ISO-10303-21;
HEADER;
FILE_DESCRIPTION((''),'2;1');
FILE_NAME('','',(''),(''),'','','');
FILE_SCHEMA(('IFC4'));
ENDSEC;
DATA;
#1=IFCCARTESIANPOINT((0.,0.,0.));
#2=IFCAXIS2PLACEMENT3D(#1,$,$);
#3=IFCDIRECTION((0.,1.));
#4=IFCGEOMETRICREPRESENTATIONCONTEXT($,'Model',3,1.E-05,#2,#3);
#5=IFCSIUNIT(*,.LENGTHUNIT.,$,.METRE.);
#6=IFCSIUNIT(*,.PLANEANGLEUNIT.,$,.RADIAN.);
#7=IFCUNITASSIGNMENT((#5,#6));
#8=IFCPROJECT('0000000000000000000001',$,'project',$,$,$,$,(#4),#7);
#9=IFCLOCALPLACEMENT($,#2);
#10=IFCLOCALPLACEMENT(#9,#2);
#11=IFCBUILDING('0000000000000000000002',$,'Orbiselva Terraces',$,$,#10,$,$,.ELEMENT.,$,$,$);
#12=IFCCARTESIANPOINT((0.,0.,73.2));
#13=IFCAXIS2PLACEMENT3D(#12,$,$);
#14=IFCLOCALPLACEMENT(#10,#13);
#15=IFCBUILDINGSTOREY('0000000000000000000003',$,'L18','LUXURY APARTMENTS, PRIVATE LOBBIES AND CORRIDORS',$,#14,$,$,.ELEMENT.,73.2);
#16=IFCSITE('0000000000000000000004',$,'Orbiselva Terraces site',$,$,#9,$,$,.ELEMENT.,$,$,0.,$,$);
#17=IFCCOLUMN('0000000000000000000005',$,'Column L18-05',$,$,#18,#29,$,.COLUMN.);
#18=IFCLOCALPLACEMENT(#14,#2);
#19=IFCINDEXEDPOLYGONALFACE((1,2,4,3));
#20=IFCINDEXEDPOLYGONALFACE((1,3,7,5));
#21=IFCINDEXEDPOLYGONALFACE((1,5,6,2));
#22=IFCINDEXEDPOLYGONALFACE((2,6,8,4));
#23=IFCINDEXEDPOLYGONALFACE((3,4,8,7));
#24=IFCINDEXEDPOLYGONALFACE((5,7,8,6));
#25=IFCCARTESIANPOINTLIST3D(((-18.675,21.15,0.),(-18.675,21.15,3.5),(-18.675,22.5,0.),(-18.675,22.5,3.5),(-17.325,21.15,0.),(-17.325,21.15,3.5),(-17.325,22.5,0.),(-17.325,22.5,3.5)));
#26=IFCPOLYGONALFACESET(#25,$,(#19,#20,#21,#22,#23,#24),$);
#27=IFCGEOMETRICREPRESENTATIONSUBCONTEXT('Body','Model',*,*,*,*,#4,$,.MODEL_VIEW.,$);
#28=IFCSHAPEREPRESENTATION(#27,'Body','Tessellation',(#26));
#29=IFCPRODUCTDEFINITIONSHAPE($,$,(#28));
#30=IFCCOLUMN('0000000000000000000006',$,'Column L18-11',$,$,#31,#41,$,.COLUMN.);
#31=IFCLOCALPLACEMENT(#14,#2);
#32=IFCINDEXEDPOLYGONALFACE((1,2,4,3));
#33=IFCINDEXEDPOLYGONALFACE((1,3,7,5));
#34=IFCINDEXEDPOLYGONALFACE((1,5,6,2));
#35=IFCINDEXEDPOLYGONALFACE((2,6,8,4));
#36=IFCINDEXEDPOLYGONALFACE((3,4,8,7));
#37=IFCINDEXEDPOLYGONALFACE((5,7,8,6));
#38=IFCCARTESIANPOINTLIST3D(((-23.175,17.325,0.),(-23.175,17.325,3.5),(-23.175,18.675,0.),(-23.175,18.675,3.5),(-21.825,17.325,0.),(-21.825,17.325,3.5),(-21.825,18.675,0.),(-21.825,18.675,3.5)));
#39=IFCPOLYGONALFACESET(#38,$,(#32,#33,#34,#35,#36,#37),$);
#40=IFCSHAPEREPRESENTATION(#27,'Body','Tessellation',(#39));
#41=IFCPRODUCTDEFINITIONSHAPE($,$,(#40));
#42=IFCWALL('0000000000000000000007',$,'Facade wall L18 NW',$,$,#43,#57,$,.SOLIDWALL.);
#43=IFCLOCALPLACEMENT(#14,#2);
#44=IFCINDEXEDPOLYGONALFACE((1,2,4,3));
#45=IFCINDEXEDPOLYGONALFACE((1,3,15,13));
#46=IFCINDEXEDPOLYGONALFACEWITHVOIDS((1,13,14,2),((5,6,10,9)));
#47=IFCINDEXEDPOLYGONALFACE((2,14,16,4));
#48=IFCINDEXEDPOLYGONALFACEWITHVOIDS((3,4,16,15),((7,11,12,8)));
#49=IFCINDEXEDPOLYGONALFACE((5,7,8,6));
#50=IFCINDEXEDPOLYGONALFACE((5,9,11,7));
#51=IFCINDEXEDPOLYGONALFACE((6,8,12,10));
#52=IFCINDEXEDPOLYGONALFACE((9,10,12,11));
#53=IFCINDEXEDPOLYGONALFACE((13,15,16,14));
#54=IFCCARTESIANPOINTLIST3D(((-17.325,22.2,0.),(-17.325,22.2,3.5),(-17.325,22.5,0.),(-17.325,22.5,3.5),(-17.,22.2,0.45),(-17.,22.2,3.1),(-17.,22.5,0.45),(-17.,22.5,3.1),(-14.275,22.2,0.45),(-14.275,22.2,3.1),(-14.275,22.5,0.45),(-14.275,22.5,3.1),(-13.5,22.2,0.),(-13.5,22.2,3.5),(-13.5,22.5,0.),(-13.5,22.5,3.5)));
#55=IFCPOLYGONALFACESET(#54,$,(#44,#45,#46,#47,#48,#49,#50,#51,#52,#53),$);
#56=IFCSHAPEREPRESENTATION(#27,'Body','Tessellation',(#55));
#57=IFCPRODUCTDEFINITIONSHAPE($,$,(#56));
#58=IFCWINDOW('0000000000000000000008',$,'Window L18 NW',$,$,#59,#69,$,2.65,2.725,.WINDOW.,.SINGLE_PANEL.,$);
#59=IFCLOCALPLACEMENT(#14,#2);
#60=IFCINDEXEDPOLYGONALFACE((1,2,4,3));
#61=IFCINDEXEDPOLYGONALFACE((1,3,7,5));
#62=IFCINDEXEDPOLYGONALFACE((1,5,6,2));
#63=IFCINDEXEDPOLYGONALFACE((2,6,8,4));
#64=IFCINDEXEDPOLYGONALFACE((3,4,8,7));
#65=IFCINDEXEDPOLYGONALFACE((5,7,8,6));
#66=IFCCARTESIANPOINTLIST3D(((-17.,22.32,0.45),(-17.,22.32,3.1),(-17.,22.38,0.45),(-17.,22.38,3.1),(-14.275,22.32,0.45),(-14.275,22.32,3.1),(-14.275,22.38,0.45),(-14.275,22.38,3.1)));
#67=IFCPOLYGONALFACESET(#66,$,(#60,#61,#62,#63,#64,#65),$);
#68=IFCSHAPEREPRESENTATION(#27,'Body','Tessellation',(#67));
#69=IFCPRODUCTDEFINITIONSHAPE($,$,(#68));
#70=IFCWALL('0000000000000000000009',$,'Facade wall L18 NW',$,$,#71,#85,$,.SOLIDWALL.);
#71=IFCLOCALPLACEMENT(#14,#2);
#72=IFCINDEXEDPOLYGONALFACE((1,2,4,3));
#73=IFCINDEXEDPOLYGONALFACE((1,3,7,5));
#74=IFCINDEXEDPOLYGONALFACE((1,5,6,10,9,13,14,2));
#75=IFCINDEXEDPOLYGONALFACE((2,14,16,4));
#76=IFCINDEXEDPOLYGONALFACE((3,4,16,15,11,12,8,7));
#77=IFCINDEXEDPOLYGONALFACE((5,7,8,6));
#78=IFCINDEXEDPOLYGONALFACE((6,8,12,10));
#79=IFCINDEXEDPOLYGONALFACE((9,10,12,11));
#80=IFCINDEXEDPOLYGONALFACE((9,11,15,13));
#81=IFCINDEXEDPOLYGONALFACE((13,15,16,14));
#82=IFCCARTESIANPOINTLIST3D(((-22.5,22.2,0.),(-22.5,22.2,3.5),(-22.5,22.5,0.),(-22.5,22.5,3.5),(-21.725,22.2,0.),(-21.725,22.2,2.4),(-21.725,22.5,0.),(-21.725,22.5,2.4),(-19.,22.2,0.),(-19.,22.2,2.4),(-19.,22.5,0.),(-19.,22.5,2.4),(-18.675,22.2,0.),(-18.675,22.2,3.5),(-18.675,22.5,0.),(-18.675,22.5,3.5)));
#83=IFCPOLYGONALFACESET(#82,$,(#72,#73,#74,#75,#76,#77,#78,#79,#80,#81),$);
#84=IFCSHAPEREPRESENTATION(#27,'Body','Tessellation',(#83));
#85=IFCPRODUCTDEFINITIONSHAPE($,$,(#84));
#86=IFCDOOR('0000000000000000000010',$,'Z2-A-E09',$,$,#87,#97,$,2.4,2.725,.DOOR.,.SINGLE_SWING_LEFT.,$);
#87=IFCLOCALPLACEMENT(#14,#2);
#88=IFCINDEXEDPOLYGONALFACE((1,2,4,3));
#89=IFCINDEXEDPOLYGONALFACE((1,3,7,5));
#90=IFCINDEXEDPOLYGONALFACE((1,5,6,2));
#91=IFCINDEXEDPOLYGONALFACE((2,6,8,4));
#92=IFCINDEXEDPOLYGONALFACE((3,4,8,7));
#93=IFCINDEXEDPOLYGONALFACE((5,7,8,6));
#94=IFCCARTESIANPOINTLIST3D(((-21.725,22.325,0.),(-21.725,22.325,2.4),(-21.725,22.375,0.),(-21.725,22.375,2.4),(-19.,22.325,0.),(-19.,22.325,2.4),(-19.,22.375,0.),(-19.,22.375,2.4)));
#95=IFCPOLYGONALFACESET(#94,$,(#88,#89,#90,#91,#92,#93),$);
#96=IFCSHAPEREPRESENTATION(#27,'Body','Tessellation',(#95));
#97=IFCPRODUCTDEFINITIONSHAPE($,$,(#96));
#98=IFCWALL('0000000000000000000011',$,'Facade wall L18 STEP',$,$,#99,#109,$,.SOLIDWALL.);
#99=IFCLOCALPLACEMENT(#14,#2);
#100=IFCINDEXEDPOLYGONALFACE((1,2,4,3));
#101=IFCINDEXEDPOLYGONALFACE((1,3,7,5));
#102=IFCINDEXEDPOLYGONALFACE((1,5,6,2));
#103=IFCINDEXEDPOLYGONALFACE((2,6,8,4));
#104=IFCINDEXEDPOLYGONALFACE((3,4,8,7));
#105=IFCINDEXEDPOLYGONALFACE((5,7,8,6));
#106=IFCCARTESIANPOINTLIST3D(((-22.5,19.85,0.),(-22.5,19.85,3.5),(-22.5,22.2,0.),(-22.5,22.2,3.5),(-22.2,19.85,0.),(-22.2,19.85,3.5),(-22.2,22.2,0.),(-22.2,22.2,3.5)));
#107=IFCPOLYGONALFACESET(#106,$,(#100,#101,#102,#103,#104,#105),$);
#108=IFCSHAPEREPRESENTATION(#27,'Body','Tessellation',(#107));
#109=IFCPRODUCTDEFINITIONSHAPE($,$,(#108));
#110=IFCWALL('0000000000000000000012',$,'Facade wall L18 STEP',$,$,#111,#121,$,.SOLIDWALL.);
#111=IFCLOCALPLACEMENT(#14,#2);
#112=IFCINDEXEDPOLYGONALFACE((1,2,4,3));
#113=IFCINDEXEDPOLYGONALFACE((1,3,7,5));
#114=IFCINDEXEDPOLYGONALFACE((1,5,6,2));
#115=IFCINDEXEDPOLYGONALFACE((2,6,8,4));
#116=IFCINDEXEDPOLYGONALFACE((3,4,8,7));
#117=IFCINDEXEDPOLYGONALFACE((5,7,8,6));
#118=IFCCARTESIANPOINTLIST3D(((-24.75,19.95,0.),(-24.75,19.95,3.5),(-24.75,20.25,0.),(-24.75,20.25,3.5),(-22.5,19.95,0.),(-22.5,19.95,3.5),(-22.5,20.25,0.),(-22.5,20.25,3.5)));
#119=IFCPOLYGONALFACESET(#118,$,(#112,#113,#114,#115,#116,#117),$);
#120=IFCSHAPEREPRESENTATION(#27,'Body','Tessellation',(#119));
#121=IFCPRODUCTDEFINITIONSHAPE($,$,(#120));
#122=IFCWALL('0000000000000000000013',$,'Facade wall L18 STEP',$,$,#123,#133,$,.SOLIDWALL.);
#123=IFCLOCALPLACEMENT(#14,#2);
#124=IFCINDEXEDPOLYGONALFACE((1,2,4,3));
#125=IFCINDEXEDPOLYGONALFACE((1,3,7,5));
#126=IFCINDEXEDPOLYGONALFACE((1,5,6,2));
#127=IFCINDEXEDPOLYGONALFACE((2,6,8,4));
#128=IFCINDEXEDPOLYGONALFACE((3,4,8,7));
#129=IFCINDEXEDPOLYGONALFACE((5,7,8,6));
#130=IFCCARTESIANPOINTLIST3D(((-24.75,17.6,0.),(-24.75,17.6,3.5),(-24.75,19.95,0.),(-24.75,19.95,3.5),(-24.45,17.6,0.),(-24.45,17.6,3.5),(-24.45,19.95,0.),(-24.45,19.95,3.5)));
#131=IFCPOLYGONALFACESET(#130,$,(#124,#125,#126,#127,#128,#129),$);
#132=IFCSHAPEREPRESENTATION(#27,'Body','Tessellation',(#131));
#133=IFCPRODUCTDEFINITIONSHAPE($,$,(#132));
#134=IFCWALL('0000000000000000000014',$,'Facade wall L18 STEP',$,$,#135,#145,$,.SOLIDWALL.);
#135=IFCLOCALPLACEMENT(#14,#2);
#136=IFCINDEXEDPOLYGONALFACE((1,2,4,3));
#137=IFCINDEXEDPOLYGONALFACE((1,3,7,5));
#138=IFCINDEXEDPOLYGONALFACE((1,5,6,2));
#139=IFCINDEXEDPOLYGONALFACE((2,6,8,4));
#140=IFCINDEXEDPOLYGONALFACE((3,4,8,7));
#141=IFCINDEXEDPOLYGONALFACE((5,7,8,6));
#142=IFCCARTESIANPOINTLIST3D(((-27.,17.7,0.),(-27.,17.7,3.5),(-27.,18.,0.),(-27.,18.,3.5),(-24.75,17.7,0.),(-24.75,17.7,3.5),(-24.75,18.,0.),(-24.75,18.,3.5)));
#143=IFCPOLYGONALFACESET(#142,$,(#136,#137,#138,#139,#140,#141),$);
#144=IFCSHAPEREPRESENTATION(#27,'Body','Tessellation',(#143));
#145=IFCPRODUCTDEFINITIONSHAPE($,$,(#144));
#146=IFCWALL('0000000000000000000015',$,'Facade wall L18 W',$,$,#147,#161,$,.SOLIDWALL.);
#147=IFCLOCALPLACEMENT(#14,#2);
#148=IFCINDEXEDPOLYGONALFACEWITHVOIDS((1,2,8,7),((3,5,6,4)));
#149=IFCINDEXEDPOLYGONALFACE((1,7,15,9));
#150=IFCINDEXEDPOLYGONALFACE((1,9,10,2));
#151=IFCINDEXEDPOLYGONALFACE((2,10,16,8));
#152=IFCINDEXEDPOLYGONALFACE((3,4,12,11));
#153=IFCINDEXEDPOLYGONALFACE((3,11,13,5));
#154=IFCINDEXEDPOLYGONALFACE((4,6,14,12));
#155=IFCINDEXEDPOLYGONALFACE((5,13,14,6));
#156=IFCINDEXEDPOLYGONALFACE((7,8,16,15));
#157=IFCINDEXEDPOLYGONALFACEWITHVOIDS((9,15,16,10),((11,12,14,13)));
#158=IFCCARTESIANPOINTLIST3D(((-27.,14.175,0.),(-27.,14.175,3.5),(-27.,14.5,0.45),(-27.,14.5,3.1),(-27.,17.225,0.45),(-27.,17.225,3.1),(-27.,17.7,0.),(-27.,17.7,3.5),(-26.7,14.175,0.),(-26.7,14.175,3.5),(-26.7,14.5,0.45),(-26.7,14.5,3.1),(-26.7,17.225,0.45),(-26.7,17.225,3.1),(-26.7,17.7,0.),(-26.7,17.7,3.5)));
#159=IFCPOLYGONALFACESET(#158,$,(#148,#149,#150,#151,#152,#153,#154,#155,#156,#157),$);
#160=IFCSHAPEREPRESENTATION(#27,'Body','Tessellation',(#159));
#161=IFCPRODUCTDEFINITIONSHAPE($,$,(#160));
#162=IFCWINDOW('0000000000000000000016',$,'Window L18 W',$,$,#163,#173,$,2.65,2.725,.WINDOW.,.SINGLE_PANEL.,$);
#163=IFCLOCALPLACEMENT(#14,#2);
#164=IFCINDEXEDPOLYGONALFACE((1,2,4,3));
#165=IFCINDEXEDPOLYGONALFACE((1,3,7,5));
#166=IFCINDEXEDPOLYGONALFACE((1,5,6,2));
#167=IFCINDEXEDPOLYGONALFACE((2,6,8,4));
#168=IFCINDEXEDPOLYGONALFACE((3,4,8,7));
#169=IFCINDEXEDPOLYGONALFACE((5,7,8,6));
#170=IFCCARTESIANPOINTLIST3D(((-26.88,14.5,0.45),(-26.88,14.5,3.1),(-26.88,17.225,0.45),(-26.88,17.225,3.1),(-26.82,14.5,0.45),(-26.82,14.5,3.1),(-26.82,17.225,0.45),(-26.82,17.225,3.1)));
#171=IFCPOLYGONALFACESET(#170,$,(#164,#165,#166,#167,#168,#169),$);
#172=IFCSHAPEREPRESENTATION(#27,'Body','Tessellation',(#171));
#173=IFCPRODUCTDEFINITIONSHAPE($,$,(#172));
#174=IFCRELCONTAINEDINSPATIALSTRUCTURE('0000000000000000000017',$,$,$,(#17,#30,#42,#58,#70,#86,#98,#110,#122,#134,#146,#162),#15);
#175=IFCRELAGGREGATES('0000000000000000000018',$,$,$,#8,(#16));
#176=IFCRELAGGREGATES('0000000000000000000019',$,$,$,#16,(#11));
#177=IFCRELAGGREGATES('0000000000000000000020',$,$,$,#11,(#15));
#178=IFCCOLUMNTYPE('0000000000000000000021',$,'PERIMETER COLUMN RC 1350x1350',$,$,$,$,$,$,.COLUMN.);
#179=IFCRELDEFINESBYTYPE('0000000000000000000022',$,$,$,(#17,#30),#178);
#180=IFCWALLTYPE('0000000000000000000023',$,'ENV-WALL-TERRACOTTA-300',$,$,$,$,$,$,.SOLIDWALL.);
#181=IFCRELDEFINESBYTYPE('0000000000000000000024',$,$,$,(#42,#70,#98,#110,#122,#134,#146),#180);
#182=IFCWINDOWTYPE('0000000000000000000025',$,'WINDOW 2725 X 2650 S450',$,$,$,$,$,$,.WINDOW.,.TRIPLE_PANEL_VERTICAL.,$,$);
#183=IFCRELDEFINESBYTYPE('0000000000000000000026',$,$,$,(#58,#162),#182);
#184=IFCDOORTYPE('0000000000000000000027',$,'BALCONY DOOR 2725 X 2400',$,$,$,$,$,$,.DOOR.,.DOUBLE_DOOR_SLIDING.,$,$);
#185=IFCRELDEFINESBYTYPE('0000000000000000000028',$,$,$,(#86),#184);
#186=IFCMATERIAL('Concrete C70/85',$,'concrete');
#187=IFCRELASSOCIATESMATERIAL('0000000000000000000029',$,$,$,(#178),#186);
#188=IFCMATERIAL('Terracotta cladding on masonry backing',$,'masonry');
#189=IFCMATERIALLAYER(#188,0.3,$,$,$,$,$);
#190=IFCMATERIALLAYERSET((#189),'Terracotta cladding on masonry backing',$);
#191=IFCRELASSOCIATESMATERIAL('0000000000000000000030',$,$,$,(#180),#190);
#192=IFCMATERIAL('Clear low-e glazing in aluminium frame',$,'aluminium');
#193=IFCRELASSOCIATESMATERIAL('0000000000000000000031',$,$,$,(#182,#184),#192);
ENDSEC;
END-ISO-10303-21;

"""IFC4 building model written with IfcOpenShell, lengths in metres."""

from ifc_helpers import new_model, si_unit, direction, frame, frame_2d, origin, origin_2d, place, context, subcontext, project, spatial, rectangle, extrude, material, layer, layer_set, material_profile, profile_set, type_object, element, fill, save


model = new_model("IFC4")

# Units and contexts
model_context = context("Model", 3, precision=1e-05, world=origin(), true_north=direction((0.0, 1.0)))
body_context = subcontext(model_context, "Body", "Model", "MODEL_VIEW")
ifc_project = project(units=[si_unit("LENGTHUNIT", "METRE"), si_unit("PLANEANGLEUNIT", "RADIAN")], contexts=[model_context])

# Site, building, storey
site_placement = place(None, origin())
site = spatial("IfcSite", under=ifc_project, at=site_placement, Name="Orbiselva Terraces site", CompositionType="ELEMENT", RefElevation=0.0)
building_placement = place(site_placement, origin())
building = spatial("IfcBuilding", under=site, at=building_placement, Name="Orbiselva Terraces", CompositionType="ELEMENT")
storey_placement = place(building_placement, frame((0.0, 0.0, 73.2)))
storey = spatial("IfcBuildingStorey", under=building, at=storey_placement, Name="L18", Description="LUXURY APARTMENTS, PRIVATE LOBBIES AND CORRIDORS", CompositionType="ELEMENT", Elevation=73.2)

# Columns
ifc_material_1 = material(Name="Concrete C70/85", Category="concrete")
ifc_material_profile = material_profile(ifc_material_1, rectangle(XDim=1.35, YDim=1.35, at=origin_2d()), Name="RC 1350x1350")
ifc_profile_set = profile_set([ifc_material_profile], Name="Concrete C70/85")
column_type = type_object("IfcColumnType", Name="PERIMETER COLUMN RC 1350x1350", PredefinedType="COLUMN", material=ifc_profile_set)
for number, where, z_axis, x_axis, name in (
    (1, (-18.0, 21.825, 0.0), (0.0, 0.0, 1.0), (1.0, 0.0, 0.0), "Column L18-05"),
    (2, (-22.5, 18.0, 0.0), (0.0, 0.0, 1.0), (1.0, 0.0, 0.0), "Column L18-11"),
):
    element("IfcColumn", number, at=place(storey_placement, frame(where, z_axis=z_axis, x_axis=x_axis)), inside=storey, type_object=column_type, Name=name, PredefinedType="COLUMN", context=body_context, shape_type="SweptSolid", body=[
        extrude(rectangle(XDim=1.35, YDim=1.35, at=origin_2d()), origin(), (0.0, 0.0, 1.0), 3.5),
    ])

# Wall, opening, window
ifc_material_2 = material(Name="Terracotta cladding on masonry backing", Category="masonry")
ifc_layer_1 = layer(ifc_material_2, 0.3)
ifc_layer_set_1 = layer_set([ifc_layer_1], Name="Terracotta cladding on masonry backing")
wall_type_1 = type_object("IfcWallType", Name="ENV-WALL-TERRACOTTA-300", PredefinedType="SOLIDWALL", material=ifc_layer_set_1)
wall_1_placement = place(storey_placement, frame((-17.325, 22.35, 0.0), z_axis=(0.0, 0.0, 1.0), x_axis=(1.0, 0.0, 0.0)))
wall_1 = element("IfcWall", 3, at=wall_1_placement, inside=storey, type_object=wall_type_1, Name="Facade wall L18 NW", PredefinedType="SOLIDWALL", context=body_context, shape_type="SweptSolid", body=[
    extrude(rectangle(XDim=3.825, YDim=0.3, at=frame_2d((1.9125, 0.0))), origin(), (0.0, 0.0, 1.0), 3.5),
])
opening_1_placement = place(wall_1_placement, frame((0.325, 0.0, 0.45)))
opening_1 = element("IfcOpeningElement", 4, at=opening_1_placement, cuts=wall_1, PredefinedType="OPENING", context=body_context, shape_type="SweptSolid", body=[
    extrude(rectangle(XDim=2.725, YDim=2.65, at=frame_2d((1.3625, 1.325))), frame((0.0, 0.16, 0.0), z_axis=(0.0, -1.0, 0.0), x_axis=(1.0, 0.0, 0.0)), (0.0, 0.0, 1.0), 0.32),
])
ifc_material_3 = material(Name="Clear low-e glazing in aluminium frame", Category="aluminium")
window_type = type_object("IfcWindowType", Name="WINDOW 2725 X 2650 S450", PartitioningType="TRIPLE_PANEL_VERTICAL", PredefinedType="WINDOW", material=ifc_material_3)
window_1_placement = place(opening_1_placement, origin())
window_1 = element("IfcWindow", 5, at=window_1_placement, inside=storey, type_object=window_type, Name="Window L18 NW", OverallHeight=2.65, OverallWidth=2.725, PartitioningType="SINGLE_PANEL", PredefinedType="WINDOW", context=body_context, shape_type="SweptSolid", body=[
    extrude(rectangle(XDim=2.725, YDim=2.65, at=frame_2d((1.3625, 1.325))), frame((0.0, 0.03, 0.0), z_axis=(0.0, -1.0, 0.0), x_axis=(1.0, 0.0, 0.0)), (0.0, 0.0, 1.0), 0.06),
])
fill(opening_1, window_1)

# Wall, opening, door
wall_2_placement = place(storey_placement, frame((-22.5, 22.35, 0.0), z_axis=(0.0, 0.0, 1.0), x_axis=(1.0, 0.0, 0.0)))
wall_2 = element("IfcWall", 6, at=wall_2_placement, inside=storey, type_object=wall_type_1, Name="Facade wall L18 NW", PredefinedType="SOLIDWALL", context=body_context, shape_type="SweptSolid", body=[
    extrude(rectangle(XDim=3.825, YDim=0.3, at=frame_2d((1.9125, 0.0))), origin(), (0.0, 0.0, 1.0), 3.5),
])
opening_2_placement = place(wall_2_placement, frame((0.775, 0.0, 0.0)))
opening_2 = element("IfcOpeningElement", 7, at=opening_2_placement, cuts=wall_2, PredefinedType="OPENING", context=body_context, shape_type="SweptSolid", body=[
    extrude(rectangle(XDim=2.725, YDim=2.4, at=frame_2d((1.3625, 1.2))), frame((0.0, 0.16, 0.0), z_axis=(0.0, -1.0, 0.0), x_axis=(1.0, 0.0, 0.0)), (0.0, 0.0, 1.0), 0.32),
])
door_type_1 = type_object("IfcDoorType", Name="BALCONY DOOR 2725 X 2400", OperationType="DOUBLE_DOOR_SLIDING", PredefinedType="DOOR", material=ifc_material_3)
door_1_placement = place(opening_2_placement, origin())
door_1 = element("IfcDoor", 8, at=door_1_placement, inside=storey, type_object=door_type_1, Name="Z2-A-E09", OperationType="SINGLE_SWING_LEFT", OverallHeight=2.4, OverallWidth=2.725, PredefinedType="DOOR", context=body_context, shape_type="SweptSolid", body=[
    extrude(rectangle(XDim=2.725, YDim=2.4, at=frame_2d((1.3625, 1.2))), frame((0.0, 0.025, 0.0), z_axis=(0.0, -1.0, 0.0), x_axis=(1.0, 0.0, 0.0)), (0.0, 0.0, 1.0), 0.05),
])
fill(opening_2, door_1)

# Walls
wall_3_placement = place(storey_placement, frame((-22.35, 19.85, 0.0), z_axis=(0.0, 0.0, 1.0), x_axis=(0.0, 1.0, 0.0)))
element("IfcWall", 9, at=wall_3_placement, inside=storey, type_object=wall_type_1, Name="Facade wall L18 STEP", PredefinedType="SOLIDWALL", context=body_context, shape_type="SweptSolid", body=[
    extrude(rectangle(XDim=2.35, YDim=0.3, at=frame_2d((1.175, 0.0))), origin(), (0.0, 0.0, 1.0), 3.5),
])
wall_4_placement = place(storey_placement, frame((-24.75, 20.1, 0.0), z_axis=(0.0, 0.0, 1.0), x_axis=(1.0, 0.0, 0.0)))
element("IfcWall", 10, at=wall_4_placement, inside=storey, type_object=wall_type_1, Name="Facade wall L18 STEP", PredefinedType="SOLIDWALL", context=body_context, shape_type="SweptSolid", body=[
    extrude(rectangle(XDim=2.25, YDim=0.3, at=frame_2d((1.125, 0.0))), origin(), (0.0, 0.0, 1.0), 3.5),
])
wall_5_placement = place(storey_placement, frame((-24.6, 17.6, 0.0), z_axis=(0.0, 0.0, 1.0), x_axis=(0.0, 1.0, 0.0)))
element("IfcWall", 11, at=wall_5_placement, inside=storey, type_object=wall_type_1, Name="Facade wall L18 STEP", PredefinedType="SOLIDWALL", context=body_context, shape_type="SweptSolid", body=[
    extrude(rectangle(XDim=2.35, YDim=0.3, at=frame_2d((1.175, 0.0))), origin(), (0.0, 0.0, 1.0), 3.5),
])
wall_6_placement = place(storey_placement, frame((-27.0, 17.85, 0.0), z_axis=(0.0, 0.0, 1.0), x_axis=(1.0, 0.0, 0.0)))
element("IfcWall", 12, at=wall_6_placement, inside=storey, type_object=wall_type_1, Name="Facade wall L18 STEP", PredefinedType="SOLIDWALL", context=body_context, shape_type="SweptSolid", body=[
    extrude(rectangle(XDim=2.25, YDim=0.3, at=frame_2d((1.125, 0.0))), origin(), (0.0, 0.0, 1.0), 3.5),
])

# Wall, opening, window
wall_7_placement = place(storey_placement, frame((-26.85, 14.175, 0.0), z_axis=(0.0, 0.0, 1.0), x_axis=(0.0, 1.0, 0.0)))
wall_7 = element("IfcWall", 13, at=wall_7_placement, inside=storey, type_object=wall_type_1, Name="Facade wall L18 W", PredefinedType="SOLIDWALL", context=body_context, shape_type="SweptSolid", body=[
    extrude(rectangle(XDim=3.525, YDim=0.3, at=frame_2d((1.7625, 0.0))), origin(), (0.0, 0.0, 1.0), 3.5),
])
opening_3_placement = place(wall_7_placement, frame((0.325, 0.0, 0.45)))
opening_3 = element("IfcOpeningElement", 14, at=opening_3_placement, cuts=wall_7, PredefinedType="OPENING", context=body_context, shape_type="SweptSolid", body=[
    extrude(rectangle(XDim=2.725, YDim=2.65, at=frame_2d((1.3625, 1.325))), frame((0.0, 0.16, 0.0), z_axis=(0.0, -1.0, 0.0), x_axis=(1.0, 0.0, 0.0)), (0.0, 0.0, 1.0), 0.32),
])
window_2_placement = place(opening_3_placement, origin())
window_2 = element("IfcWindow", 15, at=window_2_placement, inside=storey, type_object=window_type, Name="Window L18 W", OverallHeight=2.65, OverallWidth=2.725, PartitioningType="SINGLE_PANEL", PredefinedType="WINDOW", context=body_context, shape_type="SweptSolid", body=[
    extrude(rectangle(XDim=2.725, YDim=2.65, at=frame_2d((1.3625, 1.325))), frame((0.0, 0.03, 0.0), z_axis=(0.0, -1.0, 0.0), x_axis=(1.0, 0.0, 0.0)), (0.0, 0.0, 1.0), 0.06),
])
fill(opening_3, window_2)

save(model, "model.ifc")
